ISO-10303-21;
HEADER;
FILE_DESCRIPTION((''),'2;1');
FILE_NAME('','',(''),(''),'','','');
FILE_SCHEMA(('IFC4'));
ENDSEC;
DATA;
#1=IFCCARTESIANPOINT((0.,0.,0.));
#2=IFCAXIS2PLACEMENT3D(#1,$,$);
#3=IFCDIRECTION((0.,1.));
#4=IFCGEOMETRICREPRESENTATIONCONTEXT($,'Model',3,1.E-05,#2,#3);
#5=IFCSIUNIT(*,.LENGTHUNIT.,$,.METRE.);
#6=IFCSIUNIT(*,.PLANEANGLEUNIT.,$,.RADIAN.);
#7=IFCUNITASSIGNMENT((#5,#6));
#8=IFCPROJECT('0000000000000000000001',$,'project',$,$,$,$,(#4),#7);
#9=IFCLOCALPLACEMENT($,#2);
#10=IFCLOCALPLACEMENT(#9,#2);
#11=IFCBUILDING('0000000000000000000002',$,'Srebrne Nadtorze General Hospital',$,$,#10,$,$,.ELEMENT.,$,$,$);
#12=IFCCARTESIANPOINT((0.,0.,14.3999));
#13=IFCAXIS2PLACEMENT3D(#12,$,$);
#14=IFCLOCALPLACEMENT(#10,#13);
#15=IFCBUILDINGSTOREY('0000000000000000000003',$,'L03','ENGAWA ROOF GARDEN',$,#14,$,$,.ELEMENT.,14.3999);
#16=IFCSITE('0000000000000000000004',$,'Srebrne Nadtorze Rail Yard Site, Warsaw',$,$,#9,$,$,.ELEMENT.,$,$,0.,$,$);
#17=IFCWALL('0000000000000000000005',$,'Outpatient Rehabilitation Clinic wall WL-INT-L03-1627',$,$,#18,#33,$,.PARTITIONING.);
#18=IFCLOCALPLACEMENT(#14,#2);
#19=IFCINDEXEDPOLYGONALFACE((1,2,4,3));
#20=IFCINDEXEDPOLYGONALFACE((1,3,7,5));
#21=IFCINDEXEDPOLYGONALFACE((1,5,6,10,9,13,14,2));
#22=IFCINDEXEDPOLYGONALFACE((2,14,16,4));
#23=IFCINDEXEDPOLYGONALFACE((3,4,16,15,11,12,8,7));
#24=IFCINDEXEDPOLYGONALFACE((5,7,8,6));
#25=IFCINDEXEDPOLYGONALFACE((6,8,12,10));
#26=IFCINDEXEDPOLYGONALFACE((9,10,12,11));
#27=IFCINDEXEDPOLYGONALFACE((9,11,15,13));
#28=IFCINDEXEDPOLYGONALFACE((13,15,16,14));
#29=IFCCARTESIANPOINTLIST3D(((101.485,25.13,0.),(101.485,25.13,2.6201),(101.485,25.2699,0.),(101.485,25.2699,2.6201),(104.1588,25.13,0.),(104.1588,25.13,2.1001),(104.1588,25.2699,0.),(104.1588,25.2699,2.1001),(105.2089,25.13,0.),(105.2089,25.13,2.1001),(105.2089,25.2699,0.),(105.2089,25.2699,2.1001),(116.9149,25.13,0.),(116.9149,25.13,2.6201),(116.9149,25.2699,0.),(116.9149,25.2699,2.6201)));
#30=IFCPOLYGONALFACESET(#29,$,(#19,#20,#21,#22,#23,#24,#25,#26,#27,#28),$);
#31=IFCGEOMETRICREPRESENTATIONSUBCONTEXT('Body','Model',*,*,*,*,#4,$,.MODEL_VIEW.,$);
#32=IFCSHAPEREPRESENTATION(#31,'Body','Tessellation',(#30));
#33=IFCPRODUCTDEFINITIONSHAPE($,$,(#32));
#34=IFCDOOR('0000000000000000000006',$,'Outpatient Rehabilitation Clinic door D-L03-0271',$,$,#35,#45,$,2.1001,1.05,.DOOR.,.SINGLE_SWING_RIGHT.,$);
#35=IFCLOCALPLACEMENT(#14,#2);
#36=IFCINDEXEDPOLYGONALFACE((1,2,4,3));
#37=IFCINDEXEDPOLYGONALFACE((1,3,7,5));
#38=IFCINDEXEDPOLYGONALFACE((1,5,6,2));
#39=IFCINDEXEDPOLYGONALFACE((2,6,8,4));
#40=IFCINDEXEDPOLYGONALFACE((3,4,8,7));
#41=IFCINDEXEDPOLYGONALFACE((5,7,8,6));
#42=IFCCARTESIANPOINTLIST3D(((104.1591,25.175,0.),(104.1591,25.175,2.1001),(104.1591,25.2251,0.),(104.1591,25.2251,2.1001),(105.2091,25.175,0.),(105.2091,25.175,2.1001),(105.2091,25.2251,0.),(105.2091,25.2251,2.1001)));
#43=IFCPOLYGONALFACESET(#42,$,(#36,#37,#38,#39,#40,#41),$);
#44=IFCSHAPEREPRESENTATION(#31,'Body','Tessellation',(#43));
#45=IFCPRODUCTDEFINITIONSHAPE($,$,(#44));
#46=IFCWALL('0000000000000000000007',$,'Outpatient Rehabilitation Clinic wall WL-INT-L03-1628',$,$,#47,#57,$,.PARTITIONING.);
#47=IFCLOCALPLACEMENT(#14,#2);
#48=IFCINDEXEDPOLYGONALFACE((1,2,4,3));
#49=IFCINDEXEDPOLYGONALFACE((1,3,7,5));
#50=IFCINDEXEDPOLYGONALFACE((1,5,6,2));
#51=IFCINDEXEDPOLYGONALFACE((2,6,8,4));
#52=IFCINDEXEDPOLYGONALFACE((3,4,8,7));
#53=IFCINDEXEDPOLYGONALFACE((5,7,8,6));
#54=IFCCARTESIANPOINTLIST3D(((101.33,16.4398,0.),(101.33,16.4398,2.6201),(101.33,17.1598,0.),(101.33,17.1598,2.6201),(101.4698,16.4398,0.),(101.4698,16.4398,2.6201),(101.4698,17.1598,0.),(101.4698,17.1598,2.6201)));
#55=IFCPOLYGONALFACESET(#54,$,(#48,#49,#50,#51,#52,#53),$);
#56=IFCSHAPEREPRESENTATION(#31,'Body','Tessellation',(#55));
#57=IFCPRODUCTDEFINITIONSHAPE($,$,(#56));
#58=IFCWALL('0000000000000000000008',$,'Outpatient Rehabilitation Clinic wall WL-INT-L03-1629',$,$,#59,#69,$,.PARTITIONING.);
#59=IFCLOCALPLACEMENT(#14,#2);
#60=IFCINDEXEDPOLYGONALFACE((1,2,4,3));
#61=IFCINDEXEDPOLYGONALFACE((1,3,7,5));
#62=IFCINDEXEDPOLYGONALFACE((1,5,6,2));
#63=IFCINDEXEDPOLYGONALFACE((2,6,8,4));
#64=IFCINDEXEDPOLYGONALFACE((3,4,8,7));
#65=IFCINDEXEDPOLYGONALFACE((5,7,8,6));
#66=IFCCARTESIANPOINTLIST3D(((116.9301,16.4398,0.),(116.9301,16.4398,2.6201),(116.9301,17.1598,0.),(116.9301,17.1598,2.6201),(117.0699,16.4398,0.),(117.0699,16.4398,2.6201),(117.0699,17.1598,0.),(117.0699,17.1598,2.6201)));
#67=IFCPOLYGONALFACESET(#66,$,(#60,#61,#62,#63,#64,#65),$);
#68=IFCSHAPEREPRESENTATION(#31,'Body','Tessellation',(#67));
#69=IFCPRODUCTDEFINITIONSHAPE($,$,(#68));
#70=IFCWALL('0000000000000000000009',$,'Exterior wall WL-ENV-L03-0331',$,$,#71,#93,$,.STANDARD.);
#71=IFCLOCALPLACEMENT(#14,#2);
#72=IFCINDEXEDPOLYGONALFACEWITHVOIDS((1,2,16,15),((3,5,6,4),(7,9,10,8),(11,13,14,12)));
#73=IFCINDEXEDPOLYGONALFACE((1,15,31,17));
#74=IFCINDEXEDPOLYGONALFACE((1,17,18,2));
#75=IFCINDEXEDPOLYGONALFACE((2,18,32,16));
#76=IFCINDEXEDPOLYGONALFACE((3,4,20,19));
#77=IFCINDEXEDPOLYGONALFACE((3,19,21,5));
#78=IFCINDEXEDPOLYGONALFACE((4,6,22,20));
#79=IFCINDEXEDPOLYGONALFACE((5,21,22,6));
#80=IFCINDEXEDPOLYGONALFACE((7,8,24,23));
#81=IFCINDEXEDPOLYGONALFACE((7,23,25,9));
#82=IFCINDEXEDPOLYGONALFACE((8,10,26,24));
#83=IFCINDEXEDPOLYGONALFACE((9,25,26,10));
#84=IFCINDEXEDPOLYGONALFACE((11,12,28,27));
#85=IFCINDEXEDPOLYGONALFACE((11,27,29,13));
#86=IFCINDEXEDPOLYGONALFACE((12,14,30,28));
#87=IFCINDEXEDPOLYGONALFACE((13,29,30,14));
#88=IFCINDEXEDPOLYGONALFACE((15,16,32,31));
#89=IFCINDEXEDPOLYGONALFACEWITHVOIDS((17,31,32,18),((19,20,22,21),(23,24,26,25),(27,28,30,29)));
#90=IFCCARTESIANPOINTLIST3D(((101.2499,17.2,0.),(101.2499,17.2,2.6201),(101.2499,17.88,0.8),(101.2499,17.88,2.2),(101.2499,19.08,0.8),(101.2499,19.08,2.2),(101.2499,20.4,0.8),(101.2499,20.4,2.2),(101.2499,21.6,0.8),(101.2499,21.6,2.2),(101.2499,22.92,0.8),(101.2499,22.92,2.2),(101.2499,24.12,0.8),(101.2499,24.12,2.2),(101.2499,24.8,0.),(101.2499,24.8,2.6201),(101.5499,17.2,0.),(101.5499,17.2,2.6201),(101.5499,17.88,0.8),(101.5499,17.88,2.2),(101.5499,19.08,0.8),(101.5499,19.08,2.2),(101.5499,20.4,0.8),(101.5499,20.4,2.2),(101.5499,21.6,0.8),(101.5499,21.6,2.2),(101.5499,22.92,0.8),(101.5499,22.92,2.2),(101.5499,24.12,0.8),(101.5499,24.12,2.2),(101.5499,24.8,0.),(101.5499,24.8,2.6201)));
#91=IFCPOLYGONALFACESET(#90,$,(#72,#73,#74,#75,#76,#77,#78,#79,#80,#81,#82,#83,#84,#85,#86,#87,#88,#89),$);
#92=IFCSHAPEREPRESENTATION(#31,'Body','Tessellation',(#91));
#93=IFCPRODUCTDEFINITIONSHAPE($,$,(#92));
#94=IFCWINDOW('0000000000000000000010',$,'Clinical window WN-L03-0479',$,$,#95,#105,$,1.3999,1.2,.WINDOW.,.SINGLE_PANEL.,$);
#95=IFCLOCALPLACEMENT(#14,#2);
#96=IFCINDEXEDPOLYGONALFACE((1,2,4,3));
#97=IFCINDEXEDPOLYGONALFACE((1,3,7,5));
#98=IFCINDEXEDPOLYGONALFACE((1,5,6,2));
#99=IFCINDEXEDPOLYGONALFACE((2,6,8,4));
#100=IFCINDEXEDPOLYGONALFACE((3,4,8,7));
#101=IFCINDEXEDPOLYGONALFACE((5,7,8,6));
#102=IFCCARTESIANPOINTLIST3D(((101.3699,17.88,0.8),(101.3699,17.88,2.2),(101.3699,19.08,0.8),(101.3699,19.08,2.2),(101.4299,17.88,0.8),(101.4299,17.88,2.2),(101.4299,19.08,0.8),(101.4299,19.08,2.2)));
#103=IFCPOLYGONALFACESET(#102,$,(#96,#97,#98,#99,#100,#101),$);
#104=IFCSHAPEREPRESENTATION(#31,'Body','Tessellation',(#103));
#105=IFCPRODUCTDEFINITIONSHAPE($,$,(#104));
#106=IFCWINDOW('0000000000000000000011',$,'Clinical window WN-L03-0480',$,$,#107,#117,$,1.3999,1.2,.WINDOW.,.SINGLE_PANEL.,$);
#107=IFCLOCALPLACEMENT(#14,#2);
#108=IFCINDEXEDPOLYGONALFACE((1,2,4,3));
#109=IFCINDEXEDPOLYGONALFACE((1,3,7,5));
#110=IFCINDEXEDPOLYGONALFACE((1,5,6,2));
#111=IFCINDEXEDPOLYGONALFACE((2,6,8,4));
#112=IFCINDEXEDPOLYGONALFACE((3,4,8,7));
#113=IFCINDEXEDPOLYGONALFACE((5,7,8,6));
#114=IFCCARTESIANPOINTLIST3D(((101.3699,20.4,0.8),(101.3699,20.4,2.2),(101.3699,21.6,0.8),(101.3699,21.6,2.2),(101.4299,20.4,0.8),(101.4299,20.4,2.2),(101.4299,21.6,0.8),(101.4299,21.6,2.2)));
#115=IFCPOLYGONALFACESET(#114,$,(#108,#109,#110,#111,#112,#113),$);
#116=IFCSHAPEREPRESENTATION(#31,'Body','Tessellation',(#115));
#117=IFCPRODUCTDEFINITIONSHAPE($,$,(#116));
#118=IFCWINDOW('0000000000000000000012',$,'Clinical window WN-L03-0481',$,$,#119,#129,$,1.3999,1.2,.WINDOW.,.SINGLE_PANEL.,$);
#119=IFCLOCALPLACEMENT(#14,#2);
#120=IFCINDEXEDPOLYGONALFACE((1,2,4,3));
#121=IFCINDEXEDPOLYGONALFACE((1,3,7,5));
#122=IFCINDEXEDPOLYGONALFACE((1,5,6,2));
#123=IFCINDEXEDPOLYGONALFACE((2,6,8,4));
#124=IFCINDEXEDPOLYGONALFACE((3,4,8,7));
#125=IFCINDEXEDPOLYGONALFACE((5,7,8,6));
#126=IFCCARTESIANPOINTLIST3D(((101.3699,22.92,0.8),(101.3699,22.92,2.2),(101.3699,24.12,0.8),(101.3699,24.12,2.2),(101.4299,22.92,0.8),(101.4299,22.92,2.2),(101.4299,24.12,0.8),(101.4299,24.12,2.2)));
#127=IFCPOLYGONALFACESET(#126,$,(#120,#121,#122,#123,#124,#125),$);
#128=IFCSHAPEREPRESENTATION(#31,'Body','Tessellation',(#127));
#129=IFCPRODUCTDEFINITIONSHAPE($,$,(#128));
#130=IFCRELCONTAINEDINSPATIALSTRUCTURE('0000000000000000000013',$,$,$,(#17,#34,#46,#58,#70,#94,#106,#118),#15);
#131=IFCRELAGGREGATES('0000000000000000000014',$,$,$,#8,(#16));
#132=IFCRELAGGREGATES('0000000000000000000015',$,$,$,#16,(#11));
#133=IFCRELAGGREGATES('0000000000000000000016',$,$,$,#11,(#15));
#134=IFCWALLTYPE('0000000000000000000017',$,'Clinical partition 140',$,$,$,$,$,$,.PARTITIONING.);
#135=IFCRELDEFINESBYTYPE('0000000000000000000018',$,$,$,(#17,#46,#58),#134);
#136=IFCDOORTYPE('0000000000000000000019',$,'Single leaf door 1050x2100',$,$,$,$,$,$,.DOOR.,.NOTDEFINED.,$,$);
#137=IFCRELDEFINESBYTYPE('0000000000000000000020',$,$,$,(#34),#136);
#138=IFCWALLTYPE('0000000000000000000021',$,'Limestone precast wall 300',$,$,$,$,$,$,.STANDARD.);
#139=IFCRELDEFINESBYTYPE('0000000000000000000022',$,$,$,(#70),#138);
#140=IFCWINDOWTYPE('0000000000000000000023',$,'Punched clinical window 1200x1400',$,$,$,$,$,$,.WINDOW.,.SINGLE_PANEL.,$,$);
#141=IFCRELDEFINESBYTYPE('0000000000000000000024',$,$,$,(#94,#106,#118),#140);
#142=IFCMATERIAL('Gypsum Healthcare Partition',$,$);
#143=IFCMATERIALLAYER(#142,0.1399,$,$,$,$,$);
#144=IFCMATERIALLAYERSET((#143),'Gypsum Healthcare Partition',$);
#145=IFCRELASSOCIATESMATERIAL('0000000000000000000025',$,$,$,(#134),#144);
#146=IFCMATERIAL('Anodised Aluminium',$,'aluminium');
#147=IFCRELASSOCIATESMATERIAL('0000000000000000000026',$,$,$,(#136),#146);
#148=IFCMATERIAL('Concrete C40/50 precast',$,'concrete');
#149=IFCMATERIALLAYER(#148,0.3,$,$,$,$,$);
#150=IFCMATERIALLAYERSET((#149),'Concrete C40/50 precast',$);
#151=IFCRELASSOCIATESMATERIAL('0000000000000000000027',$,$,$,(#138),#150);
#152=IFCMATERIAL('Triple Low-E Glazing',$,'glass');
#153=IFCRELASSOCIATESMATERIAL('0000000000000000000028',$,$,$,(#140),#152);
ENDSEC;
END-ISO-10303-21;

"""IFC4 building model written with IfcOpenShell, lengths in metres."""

from ifc_helpers import new_model, si_unit, direction, frame, frame_2d, origin, place, context, subcontext, project, spatial, rectangle, extrude, material, layer, layer_set, type_object, element, fill, save


model = new_model("IFC4")

# Units and contexts
model_context = context("Model", 3, precision=1e-05, world=origin(), true_north=direction((0.0, 1.0)))
body_context = subcontext(model_context, "Body", "Model", "MODEL_VIEW")
ifc_project = project(units=[si_unit("LENGTHUNIT", "METRE"), si_unit("PLANEANGLEUNIT", "RADIAN")], contexts=[model_context])

# Site, building, storey
site_placement = place(None, origin())
site = spatial("IfcSite", under=ifc_project, at=site_placement, Name="Srebrne Nadtorze Rail Yard Site, Warsaw", CompositionType="ELEMENT", RefElevation=0.0)
building_placement = place(site_placement, origin())
building = spatial("IfcBuilding", under=site, at=building_placement, Name="Srebrne Nadtorze General Hospital", CompositionType="ELEMENT")
storey_placement = place(building_placement, frame((0.0, 0.0, 14.3999)))
storey = spatial("IfcBuildingStorey", under=building, at=storey_placement, Name="L03", Description="ENGAWA ROOF GARDEN", CompositionType="ELEMENT", Elevation=14.3999)

# Wall, opening, door
ifc_material_1 = material(Name="Gypsum Healthcare Partition")
ifc_layer_1 = layer(ifc_material_1, 0.1399)
ifc_layer_set_1 = layer_set([ifc_layer_1], Name="Gypsum Healthcare Partition")
wall_type_1 = type_object("IfcWallType", Name="Clinical partition 140", PredefinedType="PARTITIONING", material=ifc_layer_set_1)
wall_1_placement = place(storey_placement, frame((101.4851, 25.2, 0.0), z_axis=(0.0, 0.0, 1.0), x_axis=(1.0, 0.0, 0.0)))
wall_1 = element("IfcWall", 1, at=wall_1_placement, inside=storey, type_object=wall_type_1, Name="Outpatient Rehabilitation Clinic wall WL-INT-L03-1627", PredefinedType="PARTITIONING", context=body_context, shape_type="SweptSolid", body=[
    extrude(rectangle(XDim=15.4299, YDim=0.1399, at=frame_2d((7.7148, 0.0))), origin(), (0.0, 0.0, 1.0), 2.6201),
])
opening_1_placement = place(wall_1_placement, frame((2.6738, 0.0, 0.0)))
opening_1 = element("IfcOpeningElement", 2, at=opening_1_placement, cuts=wall_1, PredefinedType="OPENING", context=body_context, shape_type="SweptSolid", body=[
    extrude(rectangle(XDim=1.05, YDim=2.1001, at=frame_2d((0.5249, 1.05))), frame((0.0, 0.082, 0.0), z_axis=(0.0, -1.0, 0.0), x_axis=(1.0, 0.0, 0.0)), (0.0, 0.0, 1.0), 0.1638),
])
ifc_material_2 = material(Name="Anodised Aluminium", Category="aluminium")
door_type = type_object("IfcDoorType", Name="Single leaf door 1050x2100", OperationType="NOTDEFINED", PredefinedType="DOOR", material=ifc_material_2)
door_placement = place(opening_1_placement, frame((1.05, 0.0, 0.0), z_axis=(0.0, 0.0, 1.0), x_axis=(-1.0, 0.0, 0.0)))
door = element("IfcDoor", 3, at=door_placement, inside=storey, type_object=door_type, Name="Outpatient Rehabilitation Clinic door D-L03-0271", OperationType="SINGLE_SWING_RIGHT", OverallHeight=2.1001, OverallWidth=1.05, PredefinedType="DOOR", context=body_context, shape_type="SweptSolid", body=[
    extrude(rectangle(XDim=1.05, YDim=2.1001, at=frame_2d((0.5249, 1.05))), frame((0.0, 0.0249, 0.0), z_axis=(0.0, -1.0, 0.0), x_axis=(1.0, 0.0, 0.0)), (0.0, 0.0, 1.0), 0.05),
])
fill(opening_1, door)

# Walls
for number, where, z_axis, x_axis, name in (
    (4, (101.3999, 16.4399, 0.0), (0.0, 0.0, 1.0), (0.0, 1.0, 0.0), "Outpatient Rehabilitation Clinic wall WL-INT-L03-1628"),
    (5, (117.0, 16.4399, 0.0), (0.0, 0.0, 1.0), (0.0, 1.0, 0.0), "Outpatient Rehabilitation Clinic wall WL-INT-L03-1629"),
):
    element("IfcWall", number, at=place(storey_placement, frame(where, z_axis=z_axis, x_axis=x_axis)), inside=storey, type_object=wall_type_1, Name=name, PredefinedType="PARTITIONING", context=body_context, shape_type="SweptSolid", body=[
        extrude(rectangle(XDim=0.72, YDim=0.1399, at=frame_2d((0.3599, 0.0))), origin(), (0.0, 0.0, 1.0), 2.6201),
    ])

# Wall, openings, windows
ifc_material_3 = material(Name="Concrete C40/50 precast", Category="concrete")
ifc_layer_2 = layer(ifc_material_3, 0.3)
ifc_layer_set_2 = layer_set([ifc_layer_2], Name="Concrete C40/50 precast")
wall_type_2 = type_object("IfcWallType", Name="Limestone precast wall 300", PredefinedType="STANDARD", material=ifc_layer_set_2)
wall_2_placement = place(storey_placement, frame((101.3999, 17.2, 0.0), z_axis=(0.0, 0.0, 1.0), x_axis=(0.0, 1.0, 0.0)))
wall_2 = element("IfcWall", 6, at=wall_2_placement, inside=storey, type_object=wall_type_2, Name="Exterior wall WL-ENV-L03-0331", PredefinedType="STANDARD", context=body_context, shape_type="SweptSolid", body=[
    extrude(rectangle(XDim=7.6001, YDim=0.3, at=frame_2d((3.8, 0.0))), origin(), (0.0, 0.0, 1.0), 2.6201),
])
opening_2_placement = place(wall_2_placement, frame((0.6799, 0.0, 0.8)))
opening_2 = element("IfcOpeningElement", 7, at=opening_2_placement, cuts=wall_2, PredefinedType="OPENING", context=body_context, shape_type="SweptSolid", body=[
    extrude(rectangle(XDim=1.2, YDim=1.3999, at=frame_2d((0.6001, 0.7))), frame((0.0, 0.1621, 0.0), z_axis=(0.0, -1.0, 0.0), x_axis=(1.0, 0.0, 0.0)), (0.0, 0.0, 1.0), 0.324),
])
opening_3_placement = place(wall_2_placement, frame((3.2, 0.0, 0.8)))
opening_3 = element("IfcOpeningElement", 8, at=opening_3_placement, cuts=wall_2, PredefinedType="OPENING", context=body_context, shape_type="SweptSolid", body=[
    extrude(rectangle(XDim=1.2, YDim=1.3999, at=frame_2d((0.6001, 0.7))), frame((0.0, 0.1621, 0.0), z_axis=(0.0, -1.0, 0.0), x_axis=(1.0, 0.0, 0.0)), (0.0, 0.0, 1.0), 0.324),
])
opening_4_placement = place(wall_2_placement, frame((5.72, 0.0, 0.8)))
opening_4 = element("IfcOpeningElement", 9, at=opening_4_placement, cuts=wall_2, PredefinedType="OPENING", context=body_context, shape_type="SweptSolid", body=[
    extrude(rectangle(XDim=1.2, YDim=1.3999, at=frame_2d((0.6001, 0.7))), frame((0.0, 0.1621, 0.0), z_axis=(0.0, -1.0, 0.0), x_axis=(1.0, 0.0, 0.0)), (0.0, 0.0, 1.0), 0.324),
])
ifc_material_4 = material(Name="Triple Low-E Glazing", Category="glass")
window_type = type_object("IfcWindowType", Name="Punched clinical window 1200x1400", PartitioningType="SINGLE_PANEL", PredefinedType="WINDOW", material=ifc_material_4)
window_1_placement = place(opening_2_placement, origin())
window_1 = element("IfcWindow", 10, at=window_1_placement, inside=storey, type_object=window_type, Name="Clinical window WN-L03-0479", OverallHeight=1.3999, OverallWidth=1.2, PartitioningType="SINGLE_PANEL", PredefinedType="WINDOW", context=body_context, shape_type="SweptSolid", body=[
    extrude(rectangle(XDim=1.2, YDim=1.3999, at=frame_2d((0.6001, 0.7))), frame((0.0, 0.03, 0.0), z_axis=(0.0, -1.0, 0.0), x_axis=(1.0, 0.0, 0.0)), (0.0, 0.0, 1.0), 0.0601),
])
fill(opening_2, window_1)
window_2_placement = place(opening_3_placement, origin())
window_2 = element("IfcWindow", 11, at=window_2_placement, inside=storey, type_object=window_type, Name="Clinical window WN-L03-0480", OverallHeight=1.3999, OverallWidth=1.2, PartitioningType="SINGLE_PANEL", PredefinedType="WINDOW", context=body_context, shape_type="SweptSolid", body=[
    extrude(rectangle(XDim=1.2, YDim=1.3999, at=frame_2d((0.6001, 0.7))), frame((0.0, 0.03, 0.0), z_axis=(0.0, -1.0, 0.0), x_axis=(1.0, 0.0, 0.0)), (0.0, 0.0, 1.0), 0.0601),
])
fill(opening_3, window_2)
window_3_placement = place(opening_4_placement, origin())
window_3 = element("IfcWindow", 12, at=window_3_placement, inside=storey, type_object=window_type, Name="Clinical window WN-L03-0481", OverallHeight=1.3999, OverallWidth=1.2, PartitioningType="SINGLE_PANEL", PredefinedType="WINDOW", context=body_context, shape_type="SweptSolid", body=[
    extrude(rectangle(XDim=1.2, YDim=1.3999, at=frame_2d((0.6001, 0.7))), frame((0.0, 0.03, 0.0), z_axis=(0.0, -1.0, 0.0), x_axis=(1.0, 0.0, 0.0)), (0.0, 0.0, 1.0), 0.0601),
])
fill(opening_4, window_3)

save(model, "model.ifc")
